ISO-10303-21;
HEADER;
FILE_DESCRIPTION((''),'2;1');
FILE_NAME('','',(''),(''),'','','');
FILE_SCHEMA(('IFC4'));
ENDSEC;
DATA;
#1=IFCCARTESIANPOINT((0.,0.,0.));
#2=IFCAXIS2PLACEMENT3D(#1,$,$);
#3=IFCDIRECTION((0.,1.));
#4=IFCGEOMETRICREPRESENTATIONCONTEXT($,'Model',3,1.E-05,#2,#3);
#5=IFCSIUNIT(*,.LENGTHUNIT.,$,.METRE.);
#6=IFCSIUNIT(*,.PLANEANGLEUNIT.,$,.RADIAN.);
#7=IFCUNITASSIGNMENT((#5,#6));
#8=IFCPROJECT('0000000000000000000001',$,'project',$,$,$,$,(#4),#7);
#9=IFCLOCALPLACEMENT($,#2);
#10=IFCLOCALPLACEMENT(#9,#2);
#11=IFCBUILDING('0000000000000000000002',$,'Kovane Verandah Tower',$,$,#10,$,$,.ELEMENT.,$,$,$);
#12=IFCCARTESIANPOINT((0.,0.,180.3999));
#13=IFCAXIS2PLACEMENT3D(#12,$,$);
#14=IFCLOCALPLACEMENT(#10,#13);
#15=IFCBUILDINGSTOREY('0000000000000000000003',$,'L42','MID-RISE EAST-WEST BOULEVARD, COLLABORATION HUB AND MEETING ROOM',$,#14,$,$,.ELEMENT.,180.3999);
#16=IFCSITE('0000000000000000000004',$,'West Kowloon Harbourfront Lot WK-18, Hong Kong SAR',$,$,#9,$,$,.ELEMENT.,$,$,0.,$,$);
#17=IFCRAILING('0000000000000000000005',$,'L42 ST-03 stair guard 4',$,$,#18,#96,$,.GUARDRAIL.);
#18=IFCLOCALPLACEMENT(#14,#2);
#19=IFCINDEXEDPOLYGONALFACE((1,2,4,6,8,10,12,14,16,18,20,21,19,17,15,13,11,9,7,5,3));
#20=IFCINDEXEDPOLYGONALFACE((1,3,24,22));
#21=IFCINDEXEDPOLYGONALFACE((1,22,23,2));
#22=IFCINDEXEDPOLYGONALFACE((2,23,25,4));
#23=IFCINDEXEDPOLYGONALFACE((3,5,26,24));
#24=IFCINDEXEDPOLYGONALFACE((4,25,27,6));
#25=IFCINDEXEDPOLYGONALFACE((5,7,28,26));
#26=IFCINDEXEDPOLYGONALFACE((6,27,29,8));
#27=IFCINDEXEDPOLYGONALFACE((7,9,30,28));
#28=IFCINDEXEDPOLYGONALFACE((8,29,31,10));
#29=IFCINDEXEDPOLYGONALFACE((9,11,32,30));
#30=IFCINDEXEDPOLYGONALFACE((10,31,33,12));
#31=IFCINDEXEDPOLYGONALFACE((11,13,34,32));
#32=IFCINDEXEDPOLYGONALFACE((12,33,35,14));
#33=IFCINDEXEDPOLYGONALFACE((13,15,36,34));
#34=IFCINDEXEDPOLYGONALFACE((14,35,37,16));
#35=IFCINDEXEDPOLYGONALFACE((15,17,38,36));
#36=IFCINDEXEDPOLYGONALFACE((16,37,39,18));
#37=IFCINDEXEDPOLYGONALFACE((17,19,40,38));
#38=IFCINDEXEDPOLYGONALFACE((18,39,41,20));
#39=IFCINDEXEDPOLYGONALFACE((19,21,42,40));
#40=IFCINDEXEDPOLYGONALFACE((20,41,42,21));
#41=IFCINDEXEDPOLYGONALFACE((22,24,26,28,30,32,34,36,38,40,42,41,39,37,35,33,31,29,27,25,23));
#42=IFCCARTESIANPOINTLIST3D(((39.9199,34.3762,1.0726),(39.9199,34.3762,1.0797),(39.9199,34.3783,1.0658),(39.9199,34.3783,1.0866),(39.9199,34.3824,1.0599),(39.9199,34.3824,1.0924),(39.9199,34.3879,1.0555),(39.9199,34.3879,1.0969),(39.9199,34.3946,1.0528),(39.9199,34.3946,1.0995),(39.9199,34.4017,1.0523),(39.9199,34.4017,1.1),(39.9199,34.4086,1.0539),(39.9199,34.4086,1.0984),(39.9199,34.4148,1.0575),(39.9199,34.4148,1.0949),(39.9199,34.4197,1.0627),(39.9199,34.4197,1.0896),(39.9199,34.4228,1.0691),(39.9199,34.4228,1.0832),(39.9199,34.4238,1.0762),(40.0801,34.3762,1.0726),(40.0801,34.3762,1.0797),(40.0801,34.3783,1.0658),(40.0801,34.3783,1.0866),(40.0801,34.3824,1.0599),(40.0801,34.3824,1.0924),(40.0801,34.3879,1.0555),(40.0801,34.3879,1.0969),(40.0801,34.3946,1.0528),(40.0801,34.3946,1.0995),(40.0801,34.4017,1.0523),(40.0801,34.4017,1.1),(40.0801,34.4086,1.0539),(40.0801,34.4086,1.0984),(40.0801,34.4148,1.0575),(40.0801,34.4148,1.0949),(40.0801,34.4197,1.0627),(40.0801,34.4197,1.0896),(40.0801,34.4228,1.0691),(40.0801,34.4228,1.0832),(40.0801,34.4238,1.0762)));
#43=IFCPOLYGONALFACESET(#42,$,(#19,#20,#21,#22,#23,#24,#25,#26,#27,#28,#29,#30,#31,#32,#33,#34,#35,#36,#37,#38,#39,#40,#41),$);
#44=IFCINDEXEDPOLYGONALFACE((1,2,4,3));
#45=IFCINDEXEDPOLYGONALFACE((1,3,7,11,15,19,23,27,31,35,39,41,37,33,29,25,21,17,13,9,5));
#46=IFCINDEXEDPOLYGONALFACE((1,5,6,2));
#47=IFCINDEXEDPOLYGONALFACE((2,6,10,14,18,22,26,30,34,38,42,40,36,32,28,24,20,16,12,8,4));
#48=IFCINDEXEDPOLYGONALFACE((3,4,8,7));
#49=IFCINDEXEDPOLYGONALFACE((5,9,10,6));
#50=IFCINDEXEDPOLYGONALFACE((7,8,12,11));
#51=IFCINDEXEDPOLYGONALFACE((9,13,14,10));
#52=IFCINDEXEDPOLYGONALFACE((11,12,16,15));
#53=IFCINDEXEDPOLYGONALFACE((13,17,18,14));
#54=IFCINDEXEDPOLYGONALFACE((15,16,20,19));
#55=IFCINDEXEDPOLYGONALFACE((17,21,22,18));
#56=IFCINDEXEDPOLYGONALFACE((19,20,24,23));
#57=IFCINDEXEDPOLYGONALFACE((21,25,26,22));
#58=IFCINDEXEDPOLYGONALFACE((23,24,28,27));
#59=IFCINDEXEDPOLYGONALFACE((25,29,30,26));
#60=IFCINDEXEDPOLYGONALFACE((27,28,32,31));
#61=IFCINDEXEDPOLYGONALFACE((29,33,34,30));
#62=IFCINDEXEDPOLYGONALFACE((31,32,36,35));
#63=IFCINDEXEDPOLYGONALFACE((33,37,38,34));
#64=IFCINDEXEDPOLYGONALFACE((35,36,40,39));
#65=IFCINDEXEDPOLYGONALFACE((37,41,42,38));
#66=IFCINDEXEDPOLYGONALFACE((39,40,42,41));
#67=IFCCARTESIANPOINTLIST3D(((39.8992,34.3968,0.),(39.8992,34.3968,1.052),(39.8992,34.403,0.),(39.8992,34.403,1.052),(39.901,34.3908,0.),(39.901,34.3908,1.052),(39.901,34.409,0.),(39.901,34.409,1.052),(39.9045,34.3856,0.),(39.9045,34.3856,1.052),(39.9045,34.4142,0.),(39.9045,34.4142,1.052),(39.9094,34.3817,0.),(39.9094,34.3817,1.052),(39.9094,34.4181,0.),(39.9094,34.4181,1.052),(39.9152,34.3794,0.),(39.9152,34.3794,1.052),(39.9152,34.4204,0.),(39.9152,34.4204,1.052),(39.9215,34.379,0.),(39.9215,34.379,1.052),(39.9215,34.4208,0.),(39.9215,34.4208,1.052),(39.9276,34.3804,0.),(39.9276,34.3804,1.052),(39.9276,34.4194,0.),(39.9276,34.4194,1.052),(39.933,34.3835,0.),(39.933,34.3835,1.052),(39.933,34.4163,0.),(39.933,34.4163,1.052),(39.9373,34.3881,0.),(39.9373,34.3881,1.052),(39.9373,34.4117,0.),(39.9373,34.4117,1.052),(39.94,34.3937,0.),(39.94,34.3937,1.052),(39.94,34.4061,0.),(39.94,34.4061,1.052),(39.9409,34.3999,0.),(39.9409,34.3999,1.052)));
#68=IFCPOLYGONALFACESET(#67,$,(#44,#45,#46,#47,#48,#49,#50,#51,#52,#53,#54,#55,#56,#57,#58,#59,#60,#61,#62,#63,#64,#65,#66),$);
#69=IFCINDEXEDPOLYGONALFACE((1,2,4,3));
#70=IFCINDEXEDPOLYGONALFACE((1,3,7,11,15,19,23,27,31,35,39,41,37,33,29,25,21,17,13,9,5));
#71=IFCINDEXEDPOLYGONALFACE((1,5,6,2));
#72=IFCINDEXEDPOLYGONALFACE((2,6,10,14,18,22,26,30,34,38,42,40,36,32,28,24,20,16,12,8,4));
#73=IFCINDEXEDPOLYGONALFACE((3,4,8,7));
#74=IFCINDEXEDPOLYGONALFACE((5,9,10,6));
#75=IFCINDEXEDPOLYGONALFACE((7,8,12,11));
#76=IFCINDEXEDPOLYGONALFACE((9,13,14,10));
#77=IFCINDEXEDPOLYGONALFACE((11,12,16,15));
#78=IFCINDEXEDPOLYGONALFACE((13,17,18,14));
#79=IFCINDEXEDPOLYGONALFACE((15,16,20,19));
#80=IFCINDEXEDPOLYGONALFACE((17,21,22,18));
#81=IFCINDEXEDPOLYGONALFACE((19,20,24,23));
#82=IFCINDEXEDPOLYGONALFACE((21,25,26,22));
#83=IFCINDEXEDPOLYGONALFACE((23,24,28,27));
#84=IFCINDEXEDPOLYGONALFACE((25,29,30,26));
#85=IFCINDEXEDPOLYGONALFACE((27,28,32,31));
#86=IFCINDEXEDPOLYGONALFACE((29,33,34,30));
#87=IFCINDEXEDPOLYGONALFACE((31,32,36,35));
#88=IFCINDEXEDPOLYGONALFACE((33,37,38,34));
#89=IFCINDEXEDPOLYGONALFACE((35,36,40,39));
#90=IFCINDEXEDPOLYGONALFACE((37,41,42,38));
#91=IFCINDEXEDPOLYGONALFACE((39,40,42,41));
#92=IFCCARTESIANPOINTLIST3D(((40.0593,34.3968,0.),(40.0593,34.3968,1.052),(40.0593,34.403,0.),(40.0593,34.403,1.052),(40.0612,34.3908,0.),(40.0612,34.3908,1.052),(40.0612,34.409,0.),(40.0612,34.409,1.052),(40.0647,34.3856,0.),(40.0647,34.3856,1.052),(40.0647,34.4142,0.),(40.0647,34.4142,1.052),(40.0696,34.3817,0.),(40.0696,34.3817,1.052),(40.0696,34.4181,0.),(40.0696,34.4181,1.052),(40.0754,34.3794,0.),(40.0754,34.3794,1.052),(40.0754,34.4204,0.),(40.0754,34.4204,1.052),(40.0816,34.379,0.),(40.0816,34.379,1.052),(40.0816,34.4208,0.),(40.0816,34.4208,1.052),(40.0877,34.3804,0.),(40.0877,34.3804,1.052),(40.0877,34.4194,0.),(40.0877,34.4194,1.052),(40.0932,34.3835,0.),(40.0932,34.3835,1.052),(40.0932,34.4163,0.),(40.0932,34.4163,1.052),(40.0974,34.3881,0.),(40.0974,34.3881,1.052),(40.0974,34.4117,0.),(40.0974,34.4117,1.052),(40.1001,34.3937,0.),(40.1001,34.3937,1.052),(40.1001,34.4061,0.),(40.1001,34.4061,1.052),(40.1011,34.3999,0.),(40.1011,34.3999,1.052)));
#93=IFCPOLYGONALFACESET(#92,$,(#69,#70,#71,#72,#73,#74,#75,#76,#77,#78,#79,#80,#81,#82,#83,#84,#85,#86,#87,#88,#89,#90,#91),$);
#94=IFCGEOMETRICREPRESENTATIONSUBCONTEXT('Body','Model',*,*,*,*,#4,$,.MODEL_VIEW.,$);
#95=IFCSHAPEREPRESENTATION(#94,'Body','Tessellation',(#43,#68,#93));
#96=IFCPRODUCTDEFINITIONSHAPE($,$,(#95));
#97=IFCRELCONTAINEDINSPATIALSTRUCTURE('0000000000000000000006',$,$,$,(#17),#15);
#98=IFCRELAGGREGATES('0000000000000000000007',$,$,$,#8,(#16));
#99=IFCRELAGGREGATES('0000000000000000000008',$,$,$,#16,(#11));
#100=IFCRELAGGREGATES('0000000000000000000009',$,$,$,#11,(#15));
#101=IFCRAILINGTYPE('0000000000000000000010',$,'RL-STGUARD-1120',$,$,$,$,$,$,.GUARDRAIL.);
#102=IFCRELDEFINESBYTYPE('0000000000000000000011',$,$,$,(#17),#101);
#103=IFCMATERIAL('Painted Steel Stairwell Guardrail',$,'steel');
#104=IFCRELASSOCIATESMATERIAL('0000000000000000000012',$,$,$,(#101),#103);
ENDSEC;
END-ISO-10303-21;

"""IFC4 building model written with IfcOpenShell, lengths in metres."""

from ifc_helpers import new_model, si_unit, direction, frame, origin, origin_2d, place, context, subcontext, project, spatial, circle, extrude, material, type_object, element, save


model = new_model("IFC4")

# Units and contexts
model_context = context("Model", 3, precision=1e-05, world=origin(), true_north=direction((0.0, 1.0)))
body_context = subcontext(model_context, "Body", "Model", "MODEL_VIEW")
ifc_project = project(units=[si_unit("LENGTHUNIT", "METRE"), si_unit("PLANEANGLEUNIT", "RADIAN")], contexts=[model_context])

# Site, building, storey
site_placement = place(None, origin())
site = spatial("IfcSite", under=ifc_project, at=site_placement, Name="West Kowloon Harbourfront Lot WK-18, Hong Kong SAR", CompositionType="ELEMENT", RefElevation=0.0)
building_placement = place(site_placement, origin())
building = spatial("IfcBuilding", under=site, at=building_placement, Name="Kovane Verandah Tower", CompositionType="ELEMENT")
storey_placement = place(building_placement, frame((0.0, 0.0, 180.3999)))
storey = spatial("IfcBuildingStorey", under=building, at=storey_placement, Name="L42", Description="MID-RISE EAST-WEST BOULEVARD, COLLABORATION HUB AND MEETING ROOM", CompositionType="ELEMENT", Elevation=180.3999)

# Railing
ifc_material_1 = material(Name="Painted Steel Stairwell Guardrail", Category="steel")
railing_type_1 = type_object("IfcRailingType", Name="RL-STGUARD-1120", PredefinedType="GUARDRAIL", material=ifc_material_1)
railing_1_placement = place(storey_placement, frame((39.9199, 34.3999, 0.0)))
element("IfcRailing", 1, at=railing_1_placement, inside=storey, type_object=railing_type_1, Name="L42 ST-03 stair guard 4", PredefinedType="GUARDRAIL", context=body_context, shape_type="SweptSolid", body=[
    extrude(circle(Radius=0.0239, at=origin_2d()), frame((0.0, 0.0, 1.0762), z_axis=(1.0, 0.0, 0.0), x_axis=(0.0, 1.0, 0.0)), (0.0, 0.0, 1.0), 0.1602),
    extrude(circle(Radius=0.021, at=origin_2d()), origin(), (0.0, 0.0, 1.0), 1.052),
    extrude(circle(Radius=0.021, at=origin_2d()), frame((0.1602, 0.0, 0.0)), (0.0, 0.0, 1.0), 1.052),
])

save(model, "model.ifc")
